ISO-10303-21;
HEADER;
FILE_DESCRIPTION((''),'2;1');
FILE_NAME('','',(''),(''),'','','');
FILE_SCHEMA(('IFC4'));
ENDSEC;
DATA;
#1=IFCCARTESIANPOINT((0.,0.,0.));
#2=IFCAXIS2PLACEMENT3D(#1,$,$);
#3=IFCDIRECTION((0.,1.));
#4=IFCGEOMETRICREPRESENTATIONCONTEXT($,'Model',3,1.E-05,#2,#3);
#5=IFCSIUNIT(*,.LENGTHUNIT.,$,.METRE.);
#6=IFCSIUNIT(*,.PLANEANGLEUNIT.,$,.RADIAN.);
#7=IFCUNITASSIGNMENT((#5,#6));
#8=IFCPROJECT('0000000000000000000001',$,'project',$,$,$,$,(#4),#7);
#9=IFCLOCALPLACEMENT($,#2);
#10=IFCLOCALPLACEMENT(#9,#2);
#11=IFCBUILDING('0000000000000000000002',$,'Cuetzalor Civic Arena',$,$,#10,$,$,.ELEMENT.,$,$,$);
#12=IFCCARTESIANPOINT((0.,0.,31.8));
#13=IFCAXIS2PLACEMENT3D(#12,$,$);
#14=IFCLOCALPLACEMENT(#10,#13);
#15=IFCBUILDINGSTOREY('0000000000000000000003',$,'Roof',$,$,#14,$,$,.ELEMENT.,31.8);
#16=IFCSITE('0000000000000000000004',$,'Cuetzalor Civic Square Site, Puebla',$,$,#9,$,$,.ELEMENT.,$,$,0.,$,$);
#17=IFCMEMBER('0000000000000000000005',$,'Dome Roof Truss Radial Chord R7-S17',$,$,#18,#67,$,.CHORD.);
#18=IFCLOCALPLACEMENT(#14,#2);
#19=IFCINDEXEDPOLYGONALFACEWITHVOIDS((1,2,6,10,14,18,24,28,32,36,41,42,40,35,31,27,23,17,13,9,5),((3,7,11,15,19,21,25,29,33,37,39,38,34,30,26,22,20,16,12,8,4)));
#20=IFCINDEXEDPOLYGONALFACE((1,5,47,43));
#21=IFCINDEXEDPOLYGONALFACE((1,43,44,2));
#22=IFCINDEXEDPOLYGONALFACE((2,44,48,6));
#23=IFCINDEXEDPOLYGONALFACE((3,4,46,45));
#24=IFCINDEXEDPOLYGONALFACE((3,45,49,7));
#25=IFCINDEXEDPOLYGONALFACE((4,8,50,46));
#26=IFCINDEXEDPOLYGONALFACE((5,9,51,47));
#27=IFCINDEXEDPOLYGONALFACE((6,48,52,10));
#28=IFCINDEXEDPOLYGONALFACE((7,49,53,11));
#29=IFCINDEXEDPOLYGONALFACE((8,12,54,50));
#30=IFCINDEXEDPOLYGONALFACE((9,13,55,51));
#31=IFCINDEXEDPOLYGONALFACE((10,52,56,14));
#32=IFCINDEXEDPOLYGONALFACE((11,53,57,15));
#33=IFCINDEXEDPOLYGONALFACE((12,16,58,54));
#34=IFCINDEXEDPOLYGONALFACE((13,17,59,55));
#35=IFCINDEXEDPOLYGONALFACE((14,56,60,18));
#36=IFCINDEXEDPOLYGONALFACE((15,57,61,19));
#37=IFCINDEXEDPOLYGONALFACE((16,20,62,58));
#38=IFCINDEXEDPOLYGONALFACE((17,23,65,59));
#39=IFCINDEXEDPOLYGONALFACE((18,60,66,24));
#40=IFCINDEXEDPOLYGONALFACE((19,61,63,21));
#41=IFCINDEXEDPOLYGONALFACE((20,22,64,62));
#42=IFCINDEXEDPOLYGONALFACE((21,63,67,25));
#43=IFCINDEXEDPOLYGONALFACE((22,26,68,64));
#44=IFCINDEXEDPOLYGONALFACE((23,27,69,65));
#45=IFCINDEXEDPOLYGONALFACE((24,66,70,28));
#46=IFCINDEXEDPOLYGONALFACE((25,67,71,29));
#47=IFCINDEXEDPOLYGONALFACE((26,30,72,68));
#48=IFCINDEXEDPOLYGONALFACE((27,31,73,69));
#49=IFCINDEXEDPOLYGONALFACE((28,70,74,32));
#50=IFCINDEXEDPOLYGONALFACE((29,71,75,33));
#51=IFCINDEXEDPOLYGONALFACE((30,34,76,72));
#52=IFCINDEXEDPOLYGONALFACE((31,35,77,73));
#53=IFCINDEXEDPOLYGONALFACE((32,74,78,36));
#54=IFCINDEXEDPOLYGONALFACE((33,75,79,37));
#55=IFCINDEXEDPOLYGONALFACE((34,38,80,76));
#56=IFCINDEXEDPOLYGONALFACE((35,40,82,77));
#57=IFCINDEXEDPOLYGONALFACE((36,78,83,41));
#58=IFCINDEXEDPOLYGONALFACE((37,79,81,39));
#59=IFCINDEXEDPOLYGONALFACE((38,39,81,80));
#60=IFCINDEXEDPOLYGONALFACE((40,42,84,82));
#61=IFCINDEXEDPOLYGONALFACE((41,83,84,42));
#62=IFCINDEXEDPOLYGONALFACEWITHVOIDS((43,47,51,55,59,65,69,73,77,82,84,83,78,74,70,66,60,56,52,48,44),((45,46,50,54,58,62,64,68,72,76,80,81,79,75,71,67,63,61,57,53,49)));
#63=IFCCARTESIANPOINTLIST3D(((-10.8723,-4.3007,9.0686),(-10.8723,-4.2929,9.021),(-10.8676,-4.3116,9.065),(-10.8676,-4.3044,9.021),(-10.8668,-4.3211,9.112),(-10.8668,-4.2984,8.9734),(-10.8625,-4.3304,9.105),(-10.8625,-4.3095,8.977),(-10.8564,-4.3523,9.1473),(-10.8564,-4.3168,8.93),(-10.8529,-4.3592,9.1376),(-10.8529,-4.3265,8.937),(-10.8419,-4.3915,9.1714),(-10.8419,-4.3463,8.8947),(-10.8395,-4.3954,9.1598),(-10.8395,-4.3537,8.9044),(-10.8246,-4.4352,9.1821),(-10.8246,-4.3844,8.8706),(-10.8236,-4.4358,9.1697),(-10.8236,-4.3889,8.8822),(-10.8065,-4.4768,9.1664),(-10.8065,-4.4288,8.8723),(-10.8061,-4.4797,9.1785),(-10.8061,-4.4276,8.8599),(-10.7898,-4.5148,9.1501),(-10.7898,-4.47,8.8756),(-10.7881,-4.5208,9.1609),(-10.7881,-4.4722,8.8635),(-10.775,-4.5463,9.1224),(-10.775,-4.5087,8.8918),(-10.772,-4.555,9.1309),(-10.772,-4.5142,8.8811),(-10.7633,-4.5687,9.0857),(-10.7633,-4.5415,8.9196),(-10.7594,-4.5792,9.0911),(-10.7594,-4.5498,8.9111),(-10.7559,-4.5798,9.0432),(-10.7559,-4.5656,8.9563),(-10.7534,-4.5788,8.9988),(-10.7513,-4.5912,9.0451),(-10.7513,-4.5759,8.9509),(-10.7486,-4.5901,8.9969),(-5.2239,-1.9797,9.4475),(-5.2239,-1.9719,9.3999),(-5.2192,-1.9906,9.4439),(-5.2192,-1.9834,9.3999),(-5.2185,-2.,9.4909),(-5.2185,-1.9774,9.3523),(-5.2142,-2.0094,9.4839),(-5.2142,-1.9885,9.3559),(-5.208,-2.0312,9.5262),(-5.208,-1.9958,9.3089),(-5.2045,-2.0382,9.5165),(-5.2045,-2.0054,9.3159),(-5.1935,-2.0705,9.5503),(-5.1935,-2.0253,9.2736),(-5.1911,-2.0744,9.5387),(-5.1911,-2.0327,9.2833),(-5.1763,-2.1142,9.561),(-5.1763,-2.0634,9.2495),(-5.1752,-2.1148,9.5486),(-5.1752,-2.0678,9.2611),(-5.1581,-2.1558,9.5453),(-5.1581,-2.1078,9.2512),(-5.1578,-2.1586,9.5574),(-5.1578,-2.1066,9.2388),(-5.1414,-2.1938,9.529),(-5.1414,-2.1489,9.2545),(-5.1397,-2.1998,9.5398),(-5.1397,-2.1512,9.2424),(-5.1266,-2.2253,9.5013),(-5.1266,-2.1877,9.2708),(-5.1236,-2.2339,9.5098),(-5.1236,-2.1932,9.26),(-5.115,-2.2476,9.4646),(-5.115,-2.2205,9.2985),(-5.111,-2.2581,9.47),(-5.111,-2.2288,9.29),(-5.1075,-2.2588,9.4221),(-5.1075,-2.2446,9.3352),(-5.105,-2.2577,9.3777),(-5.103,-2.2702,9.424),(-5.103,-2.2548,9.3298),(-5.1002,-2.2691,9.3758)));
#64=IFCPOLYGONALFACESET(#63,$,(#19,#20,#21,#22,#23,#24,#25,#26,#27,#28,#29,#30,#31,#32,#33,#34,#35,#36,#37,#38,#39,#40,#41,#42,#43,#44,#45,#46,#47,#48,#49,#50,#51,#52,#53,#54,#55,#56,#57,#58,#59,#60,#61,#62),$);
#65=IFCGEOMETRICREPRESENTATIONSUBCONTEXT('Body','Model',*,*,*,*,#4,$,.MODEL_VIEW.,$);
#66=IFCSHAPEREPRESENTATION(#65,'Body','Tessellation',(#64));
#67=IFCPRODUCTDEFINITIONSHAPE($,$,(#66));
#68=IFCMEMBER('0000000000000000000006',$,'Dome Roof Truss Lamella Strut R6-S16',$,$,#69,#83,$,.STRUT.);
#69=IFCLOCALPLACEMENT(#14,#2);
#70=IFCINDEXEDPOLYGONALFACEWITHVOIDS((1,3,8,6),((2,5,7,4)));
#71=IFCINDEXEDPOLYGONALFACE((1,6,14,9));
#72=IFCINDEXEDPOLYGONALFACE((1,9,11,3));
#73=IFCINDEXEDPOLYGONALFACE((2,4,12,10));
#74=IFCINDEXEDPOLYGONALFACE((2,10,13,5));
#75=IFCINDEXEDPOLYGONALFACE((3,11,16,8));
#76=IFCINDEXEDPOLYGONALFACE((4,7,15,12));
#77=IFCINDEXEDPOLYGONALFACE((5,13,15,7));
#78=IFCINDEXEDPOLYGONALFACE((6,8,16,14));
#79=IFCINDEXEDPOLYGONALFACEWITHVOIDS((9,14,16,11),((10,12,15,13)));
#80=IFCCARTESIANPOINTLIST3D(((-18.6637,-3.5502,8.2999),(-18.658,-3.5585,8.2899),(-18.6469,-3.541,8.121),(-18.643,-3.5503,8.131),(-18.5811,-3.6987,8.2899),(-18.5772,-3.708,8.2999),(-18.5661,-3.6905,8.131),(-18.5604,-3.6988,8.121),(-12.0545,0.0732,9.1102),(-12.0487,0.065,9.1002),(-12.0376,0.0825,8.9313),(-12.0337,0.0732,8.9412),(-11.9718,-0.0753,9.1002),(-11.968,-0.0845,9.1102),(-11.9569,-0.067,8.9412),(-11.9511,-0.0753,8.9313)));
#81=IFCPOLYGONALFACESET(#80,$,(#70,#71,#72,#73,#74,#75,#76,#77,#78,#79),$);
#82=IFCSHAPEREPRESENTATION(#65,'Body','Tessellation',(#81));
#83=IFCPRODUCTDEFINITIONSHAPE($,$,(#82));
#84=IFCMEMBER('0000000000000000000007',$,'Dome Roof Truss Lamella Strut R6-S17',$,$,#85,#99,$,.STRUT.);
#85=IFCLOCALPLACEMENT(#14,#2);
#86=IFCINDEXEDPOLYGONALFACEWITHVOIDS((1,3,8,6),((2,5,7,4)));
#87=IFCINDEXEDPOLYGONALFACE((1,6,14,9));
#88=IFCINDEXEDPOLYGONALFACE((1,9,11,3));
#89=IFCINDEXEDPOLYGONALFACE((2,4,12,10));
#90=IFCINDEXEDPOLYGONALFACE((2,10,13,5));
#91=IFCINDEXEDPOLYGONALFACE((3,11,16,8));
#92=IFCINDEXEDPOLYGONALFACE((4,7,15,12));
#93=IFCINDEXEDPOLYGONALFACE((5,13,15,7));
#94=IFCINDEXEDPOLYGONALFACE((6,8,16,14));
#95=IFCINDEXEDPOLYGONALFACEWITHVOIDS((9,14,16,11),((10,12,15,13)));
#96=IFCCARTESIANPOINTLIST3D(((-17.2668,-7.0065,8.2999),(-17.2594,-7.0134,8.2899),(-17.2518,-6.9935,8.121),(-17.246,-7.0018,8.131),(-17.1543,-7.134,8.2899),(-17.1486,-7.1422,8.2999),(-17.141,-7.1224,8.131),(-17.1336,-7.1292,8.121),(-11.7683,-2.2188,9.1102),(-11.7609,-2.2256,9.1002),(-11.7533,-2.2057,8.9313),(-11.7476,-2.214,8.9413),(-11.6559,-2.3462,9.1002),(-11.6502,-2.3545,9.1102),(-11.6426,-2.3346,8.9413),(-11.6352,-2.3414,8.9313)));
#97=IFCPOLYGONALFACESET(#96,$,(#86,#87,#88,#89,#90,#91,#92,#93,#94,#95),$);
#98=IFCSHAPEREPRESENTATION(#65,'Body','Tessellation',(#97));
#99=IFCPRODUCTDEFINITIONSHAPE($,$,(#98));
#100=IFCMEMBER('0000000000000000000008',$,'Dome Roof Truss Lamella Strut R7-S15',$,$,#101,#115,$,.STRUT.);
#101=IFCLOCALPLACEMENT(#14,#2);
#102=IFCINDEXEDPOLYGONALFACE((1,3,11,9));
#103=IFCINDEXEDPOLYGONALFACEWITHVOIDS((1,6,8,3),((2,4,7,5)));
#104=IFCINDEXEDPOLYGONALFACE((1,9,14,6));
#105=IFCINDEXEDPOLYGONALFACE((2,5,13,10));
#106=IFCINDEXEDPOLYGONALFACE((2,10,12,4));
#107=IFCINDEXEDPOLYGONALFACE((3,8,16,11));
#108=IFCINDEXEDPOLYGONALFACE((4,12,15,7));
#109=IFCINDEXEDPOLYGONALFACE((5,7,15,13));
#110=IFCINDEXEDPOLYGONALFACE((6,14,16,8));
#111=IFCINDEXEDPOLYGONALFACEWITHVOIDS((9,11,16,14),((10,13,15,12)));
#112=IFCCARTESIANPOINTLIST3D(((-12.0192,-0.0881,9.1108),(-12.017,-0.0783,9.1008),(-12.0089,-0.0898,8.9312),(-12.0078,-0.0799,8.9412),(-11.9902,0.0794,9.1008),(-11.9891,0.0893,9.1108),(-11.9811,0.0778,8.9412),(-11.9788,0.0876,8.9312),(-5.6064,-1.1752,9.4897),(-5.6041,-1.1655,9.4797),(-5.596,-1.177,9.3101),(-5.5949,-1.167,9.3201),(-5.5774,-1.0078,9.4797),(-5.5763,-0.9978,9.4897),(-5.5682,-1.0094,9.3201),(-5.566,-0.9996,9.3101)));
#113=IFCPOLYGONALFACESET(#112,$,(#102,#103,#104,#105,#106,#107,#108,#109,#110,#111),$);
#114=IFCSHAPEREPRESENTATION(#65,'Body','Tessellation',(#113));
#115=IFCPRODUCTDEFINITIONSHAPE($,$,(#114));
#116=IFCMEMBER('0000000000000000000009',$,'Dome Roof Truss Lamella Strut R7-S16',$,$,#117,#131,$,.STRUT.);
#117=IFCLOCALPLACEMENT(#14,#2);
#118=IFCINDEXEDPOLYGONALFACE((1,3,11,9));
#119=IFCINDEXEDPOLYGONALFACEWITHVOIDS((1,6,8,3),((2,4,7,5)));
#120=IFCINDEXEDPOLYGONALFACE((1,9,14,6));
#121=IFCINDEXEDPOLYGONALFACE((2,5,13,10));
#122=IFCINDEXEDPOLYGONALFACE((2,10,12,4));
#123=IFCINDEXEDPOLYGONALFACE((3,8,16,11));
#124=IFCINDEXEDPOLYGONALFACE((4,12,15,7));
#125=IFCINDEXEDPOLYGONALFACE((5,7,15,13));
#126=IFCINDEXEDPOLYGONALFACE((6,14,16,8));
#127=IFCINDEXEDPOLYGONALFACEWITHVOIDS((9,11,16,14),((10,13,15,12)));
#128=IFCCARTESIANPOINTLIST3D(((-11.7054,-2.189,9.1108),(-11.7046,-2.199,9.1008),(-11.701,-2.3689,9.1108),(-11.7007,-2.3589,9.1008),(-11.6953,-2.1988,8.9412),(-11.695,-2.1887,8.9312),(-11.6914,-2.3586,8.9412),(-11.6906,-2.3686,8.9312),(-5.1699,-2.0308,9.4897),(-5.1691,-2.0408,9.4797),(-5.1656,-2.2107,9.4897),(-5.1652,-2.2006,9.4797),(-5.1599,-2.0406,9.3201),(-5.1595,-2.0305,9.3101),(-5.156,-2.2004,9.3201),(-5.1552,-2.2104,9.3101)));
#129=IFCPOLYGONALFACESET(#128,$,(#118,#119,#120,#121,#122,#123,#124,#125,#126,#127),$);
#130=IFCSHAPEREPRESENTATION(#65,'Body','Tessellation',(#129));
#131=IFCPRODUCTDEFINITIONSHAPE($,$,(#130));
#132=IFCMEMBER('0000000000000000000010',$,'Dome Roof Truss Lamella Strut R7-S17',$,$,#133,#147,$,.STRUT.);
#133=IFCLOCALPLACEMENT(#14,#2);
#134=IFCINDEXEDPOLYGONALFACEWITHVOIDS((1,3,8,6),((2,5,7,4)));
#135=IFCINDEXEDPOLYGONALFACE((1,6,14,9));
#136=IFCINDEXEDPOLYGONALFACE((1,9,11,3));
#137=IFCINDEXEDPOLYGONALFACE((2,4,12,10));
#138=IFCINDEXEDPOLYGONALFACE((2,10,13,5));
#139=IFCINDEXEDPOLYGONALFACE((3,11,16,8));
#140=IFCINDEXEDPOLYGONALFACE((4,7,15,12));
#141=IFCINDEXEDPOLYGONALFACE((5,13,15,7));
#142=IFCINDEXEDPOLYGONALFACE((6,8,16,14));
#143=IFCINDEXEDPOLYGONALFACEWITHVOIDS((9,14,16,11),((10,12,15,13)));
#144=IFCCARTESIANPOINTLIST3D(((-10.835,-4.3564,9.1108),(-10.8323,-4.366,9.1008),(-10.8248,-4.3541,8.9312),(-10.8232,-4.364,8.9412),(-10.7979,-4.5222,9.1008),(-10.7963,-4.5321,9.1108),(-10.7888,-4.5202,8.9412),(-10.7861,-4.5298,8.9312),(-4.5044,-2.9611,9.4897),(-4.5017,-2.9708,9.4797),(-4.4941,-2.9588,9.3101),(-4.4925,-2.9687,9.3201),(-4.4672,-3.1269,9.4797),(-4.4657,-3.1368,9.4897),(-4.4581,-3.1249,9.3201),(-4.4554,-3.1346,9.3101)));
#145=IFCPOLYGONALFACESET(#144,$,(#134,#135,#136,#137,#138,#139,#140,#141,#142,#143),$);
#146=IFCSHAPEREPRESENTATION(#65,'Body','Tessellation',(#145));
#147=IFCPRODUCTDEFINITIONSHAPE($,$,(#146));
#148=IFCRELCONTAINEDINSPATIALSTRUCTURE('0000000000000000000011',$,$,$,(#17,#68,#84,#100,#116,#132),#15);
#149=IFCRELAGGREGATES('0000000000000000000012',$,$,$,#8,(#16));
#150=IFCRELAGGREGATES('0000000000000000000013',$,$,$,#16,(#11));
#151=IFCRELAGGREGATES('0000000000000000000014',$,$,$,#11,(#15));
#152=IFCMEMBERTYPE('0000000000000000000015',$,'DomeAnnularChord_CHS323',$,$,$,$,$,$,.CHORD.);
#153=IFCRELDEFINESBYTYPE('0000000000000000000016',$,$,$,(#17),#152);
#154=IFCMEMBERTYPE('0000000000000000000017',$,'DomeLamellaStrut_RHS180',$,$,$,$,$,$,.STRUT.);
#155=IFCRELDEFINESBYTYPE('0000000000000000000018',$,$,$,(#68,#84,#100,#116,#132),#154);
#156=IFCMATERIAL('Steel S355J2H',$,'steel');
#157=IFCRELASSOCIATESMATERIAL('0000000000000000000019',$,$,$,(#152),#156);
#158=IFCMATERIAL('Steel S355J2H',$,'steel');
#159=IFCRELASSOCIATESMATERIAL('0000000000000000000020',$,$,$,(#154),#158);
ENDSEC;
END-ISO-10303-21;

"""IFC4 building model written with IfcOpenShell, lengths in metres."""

from ifc_helpers import new_model, si_unit, direction, frame, origin, origin_2d, place, context, subcontext, project, spatial, hollow_rectangle, hollow_circle, extrude, material, material_profile, profile_set, type_object, element, save


model = new_model("IFC4")

# Units and contexts
model_context = context("Model", 3, precision=1e-05, world=origin(), true_north=direction((0.0, 1.0)))
body_context = subcontext(model_context, "Body", "Model", "MODEL_VIEW")
ifc_project = project(units=[si_unit("LENGTHUNIT", "METRE"), si_unit("PLANEANGLEUNIT", "RADIAN")], contexts=[model_context])

# Site, building, storey
site_placement = place(None, origin())
site = spatial("IfcSite", under=ifc_project, at=site_placement, Name="Cuetzalor Civic Square Site, Puebla", CompositionType="ELEMENT", RefElevation=0.0)
building_placement = place(site_placement, origin())
building = spatial("IfcBuilding", under=site, at=building_placement, Name="Cuetzalor Civic Arena", CompositionType="ELEMENT")
storey_placement = place(building_placement, frame((0.0, 0.0, 31.8)))
storey = spatial("IfcBuildingStorey", under=building, at=storey_placement, Name="Roof", CompositionType="ELEMENT", Elevation=31.8)

# Members
ifc_material_1 = material(Name="Steel S355J2H", Category="steel")
ifc_material_profile_1 = material_profile(ifc_material_1, hollow_circle(Radius=0.1619, WallThickness=0.0125, at=origin_2d()), Name="CHS 323.9x12.5")
ifc_profile_set_1 = profile_set([ifc_material_profile_1], Name="Steel S355J2H")
member_type_1 = type_object("IfcMemberType", Name="DomeAnnularChord_CHS323", PredefinedType="CHORD", material=ifc_profile_set_1)
member_1_placement = place(storey_placement, frame((-10.8108, -4.4426, 9.021), z_axis=(0.923178, 0.379351, 0.061928), x_axis=(-0.38008, 0.924954, 0.0)))
element("IfcMember", 1, at=member_1_placement, inside=storey, type_object=member_type_1, Name="Dome Roof Truss Radial Chord R7-S17", PredefinedType="CHORD", context=body_context, shape_type="SweptSolid", body=[
    extrude(hollow_circle(Radius=0.1619, WallThickness=0.0125, at=origin_2d()), origin(), (0.0, 0.0, 1.0), 6.1184),
])
ifc_material_2 = material(Name="Steel S355J2H", Category="steel")
ifc_material_profile_2 = material_profile(ifc_material_2, hollow_rectangle(XDim=0.1799, YDim=0.1799, WallThickness=0.01, at=origin_2d()), Name="RHS 180x180x10")
ifc_profile_set_2 = profile_set([ifc_material_profile_2], Name="Steel S355J2H")
member_type_2 = type_object("IfcMemberType", Name="DomeLamellaStrut_RHS180", PredefinedType="STRUT", material=ifc_profile_set_2)
member_2_placement = place(storey_placement, frame((-18.6121, -3.6245, 8.2104), z_axis=(0.871843, 0.477981, 0.106887), x_axis=(-0.480735, 0.876866, 0.0)))
element("IfcMember", 2, at=member_2_placement, inside=storey, type_object=member_type_2, Name="Dome Roof Truss Lamella Strut R6-S16", PredefinedType="STRUT", context=body_context, shape_type="SweptSolid", body=[
    extrude(hollow_rectangle(XDim=0.1799, YDim=0.1799, WallThickness=0.01, at=origin_2d()), origin(), (0.0, 0.0, 1.0), 7.5808),
])
member_3_placement = place(storey_placement, frame((-17.2002, -7.0679, 8.2104), z_axis=(0.749548, 0.652668, 0.110459), x_axis=(-0.656687, 0.754163, 0.0)))
element("IfcMember", 3, at=member_3_placement, inside=storey, type_object=member_type_2, Name="Dome Roof Truss Lamella Strut R6-S17", PredefinedType="STRUT", context=body_context, shape_type="SweptSolid", body=[
    extrude(hollow_rectangle(XDim=0.1799, YDim=0.1799, WallThickness=0.01, at=origin_2d()), origin(), (0.0, 0.0, 1.0), 7.3357),
])
member_4_placement = place(storey_placement, frame((-11.999, -0.0002, 9.021), z_axis=(0.984264, -0.166861, 0.058156), x_axis=(0.167143, 0.985933, 0.0)))
element("IfcMember", 4, at=member_4_placement, inside=storey, type_object=member_type_2, Name="Dome Roof Truss Lamella Strut R7-S15", PredefinedType="STRUT", context=body_context, shape_type="SweptSolid", body=[
    extrude(hollow_rectangle(XDim=0.1799, YDim=0.1799, WallThickness=0.01, at=origin_2d()), origin(), (0.0, 0.0, 1.0), 6.5154),
])
member_5_placement = place(storey_placement, frame((-11.698, -2.2788, 9.021), z_axis=(0.998032, 0.024159, 0.057863), x_axis=(-0.0242, 0.999707, 0.0)))
element("IfcMember", 5, at=member_5_placement, inside=storey, type_object=member_type_2, Name="Dome Roof Truss Lamella Strut R7-S16", PredefinedType="STRUT", context=body_context, shape_type="SweptSolid", body=[
    extrude(hollow_rectangle(XDim=0.1799, YDim=0.1799, WallThickness=0.01, at=origin_2d()), origin(), (0.0, 0.0, 1.0), 6.5483),
])
member_6_placement = place(storey_placement, frame((-10.8105, -4.4431, 9.021), z_axis=(0.974898, 0.214869, 0.058351), x_axis=(-0.215235, 0.976562, 0.0)))
element("IfcMember", 6, at=member_6_placement, inside=storey, type_object=member_type_2, Name="Dome Roof Truss Lamella Strut R7-S17", PredefinedType="STRUT", context=body_context, shape_type="SweptSolid", body=[
    extrude(hollow_rectangle(XDim=0.1799, YDim=0.1799, WallThickness=0.01, at=origin_2d()), origin(), (0.0, 0.0, 1.0), 6.4937),
])

save(model, "model.ifc")
